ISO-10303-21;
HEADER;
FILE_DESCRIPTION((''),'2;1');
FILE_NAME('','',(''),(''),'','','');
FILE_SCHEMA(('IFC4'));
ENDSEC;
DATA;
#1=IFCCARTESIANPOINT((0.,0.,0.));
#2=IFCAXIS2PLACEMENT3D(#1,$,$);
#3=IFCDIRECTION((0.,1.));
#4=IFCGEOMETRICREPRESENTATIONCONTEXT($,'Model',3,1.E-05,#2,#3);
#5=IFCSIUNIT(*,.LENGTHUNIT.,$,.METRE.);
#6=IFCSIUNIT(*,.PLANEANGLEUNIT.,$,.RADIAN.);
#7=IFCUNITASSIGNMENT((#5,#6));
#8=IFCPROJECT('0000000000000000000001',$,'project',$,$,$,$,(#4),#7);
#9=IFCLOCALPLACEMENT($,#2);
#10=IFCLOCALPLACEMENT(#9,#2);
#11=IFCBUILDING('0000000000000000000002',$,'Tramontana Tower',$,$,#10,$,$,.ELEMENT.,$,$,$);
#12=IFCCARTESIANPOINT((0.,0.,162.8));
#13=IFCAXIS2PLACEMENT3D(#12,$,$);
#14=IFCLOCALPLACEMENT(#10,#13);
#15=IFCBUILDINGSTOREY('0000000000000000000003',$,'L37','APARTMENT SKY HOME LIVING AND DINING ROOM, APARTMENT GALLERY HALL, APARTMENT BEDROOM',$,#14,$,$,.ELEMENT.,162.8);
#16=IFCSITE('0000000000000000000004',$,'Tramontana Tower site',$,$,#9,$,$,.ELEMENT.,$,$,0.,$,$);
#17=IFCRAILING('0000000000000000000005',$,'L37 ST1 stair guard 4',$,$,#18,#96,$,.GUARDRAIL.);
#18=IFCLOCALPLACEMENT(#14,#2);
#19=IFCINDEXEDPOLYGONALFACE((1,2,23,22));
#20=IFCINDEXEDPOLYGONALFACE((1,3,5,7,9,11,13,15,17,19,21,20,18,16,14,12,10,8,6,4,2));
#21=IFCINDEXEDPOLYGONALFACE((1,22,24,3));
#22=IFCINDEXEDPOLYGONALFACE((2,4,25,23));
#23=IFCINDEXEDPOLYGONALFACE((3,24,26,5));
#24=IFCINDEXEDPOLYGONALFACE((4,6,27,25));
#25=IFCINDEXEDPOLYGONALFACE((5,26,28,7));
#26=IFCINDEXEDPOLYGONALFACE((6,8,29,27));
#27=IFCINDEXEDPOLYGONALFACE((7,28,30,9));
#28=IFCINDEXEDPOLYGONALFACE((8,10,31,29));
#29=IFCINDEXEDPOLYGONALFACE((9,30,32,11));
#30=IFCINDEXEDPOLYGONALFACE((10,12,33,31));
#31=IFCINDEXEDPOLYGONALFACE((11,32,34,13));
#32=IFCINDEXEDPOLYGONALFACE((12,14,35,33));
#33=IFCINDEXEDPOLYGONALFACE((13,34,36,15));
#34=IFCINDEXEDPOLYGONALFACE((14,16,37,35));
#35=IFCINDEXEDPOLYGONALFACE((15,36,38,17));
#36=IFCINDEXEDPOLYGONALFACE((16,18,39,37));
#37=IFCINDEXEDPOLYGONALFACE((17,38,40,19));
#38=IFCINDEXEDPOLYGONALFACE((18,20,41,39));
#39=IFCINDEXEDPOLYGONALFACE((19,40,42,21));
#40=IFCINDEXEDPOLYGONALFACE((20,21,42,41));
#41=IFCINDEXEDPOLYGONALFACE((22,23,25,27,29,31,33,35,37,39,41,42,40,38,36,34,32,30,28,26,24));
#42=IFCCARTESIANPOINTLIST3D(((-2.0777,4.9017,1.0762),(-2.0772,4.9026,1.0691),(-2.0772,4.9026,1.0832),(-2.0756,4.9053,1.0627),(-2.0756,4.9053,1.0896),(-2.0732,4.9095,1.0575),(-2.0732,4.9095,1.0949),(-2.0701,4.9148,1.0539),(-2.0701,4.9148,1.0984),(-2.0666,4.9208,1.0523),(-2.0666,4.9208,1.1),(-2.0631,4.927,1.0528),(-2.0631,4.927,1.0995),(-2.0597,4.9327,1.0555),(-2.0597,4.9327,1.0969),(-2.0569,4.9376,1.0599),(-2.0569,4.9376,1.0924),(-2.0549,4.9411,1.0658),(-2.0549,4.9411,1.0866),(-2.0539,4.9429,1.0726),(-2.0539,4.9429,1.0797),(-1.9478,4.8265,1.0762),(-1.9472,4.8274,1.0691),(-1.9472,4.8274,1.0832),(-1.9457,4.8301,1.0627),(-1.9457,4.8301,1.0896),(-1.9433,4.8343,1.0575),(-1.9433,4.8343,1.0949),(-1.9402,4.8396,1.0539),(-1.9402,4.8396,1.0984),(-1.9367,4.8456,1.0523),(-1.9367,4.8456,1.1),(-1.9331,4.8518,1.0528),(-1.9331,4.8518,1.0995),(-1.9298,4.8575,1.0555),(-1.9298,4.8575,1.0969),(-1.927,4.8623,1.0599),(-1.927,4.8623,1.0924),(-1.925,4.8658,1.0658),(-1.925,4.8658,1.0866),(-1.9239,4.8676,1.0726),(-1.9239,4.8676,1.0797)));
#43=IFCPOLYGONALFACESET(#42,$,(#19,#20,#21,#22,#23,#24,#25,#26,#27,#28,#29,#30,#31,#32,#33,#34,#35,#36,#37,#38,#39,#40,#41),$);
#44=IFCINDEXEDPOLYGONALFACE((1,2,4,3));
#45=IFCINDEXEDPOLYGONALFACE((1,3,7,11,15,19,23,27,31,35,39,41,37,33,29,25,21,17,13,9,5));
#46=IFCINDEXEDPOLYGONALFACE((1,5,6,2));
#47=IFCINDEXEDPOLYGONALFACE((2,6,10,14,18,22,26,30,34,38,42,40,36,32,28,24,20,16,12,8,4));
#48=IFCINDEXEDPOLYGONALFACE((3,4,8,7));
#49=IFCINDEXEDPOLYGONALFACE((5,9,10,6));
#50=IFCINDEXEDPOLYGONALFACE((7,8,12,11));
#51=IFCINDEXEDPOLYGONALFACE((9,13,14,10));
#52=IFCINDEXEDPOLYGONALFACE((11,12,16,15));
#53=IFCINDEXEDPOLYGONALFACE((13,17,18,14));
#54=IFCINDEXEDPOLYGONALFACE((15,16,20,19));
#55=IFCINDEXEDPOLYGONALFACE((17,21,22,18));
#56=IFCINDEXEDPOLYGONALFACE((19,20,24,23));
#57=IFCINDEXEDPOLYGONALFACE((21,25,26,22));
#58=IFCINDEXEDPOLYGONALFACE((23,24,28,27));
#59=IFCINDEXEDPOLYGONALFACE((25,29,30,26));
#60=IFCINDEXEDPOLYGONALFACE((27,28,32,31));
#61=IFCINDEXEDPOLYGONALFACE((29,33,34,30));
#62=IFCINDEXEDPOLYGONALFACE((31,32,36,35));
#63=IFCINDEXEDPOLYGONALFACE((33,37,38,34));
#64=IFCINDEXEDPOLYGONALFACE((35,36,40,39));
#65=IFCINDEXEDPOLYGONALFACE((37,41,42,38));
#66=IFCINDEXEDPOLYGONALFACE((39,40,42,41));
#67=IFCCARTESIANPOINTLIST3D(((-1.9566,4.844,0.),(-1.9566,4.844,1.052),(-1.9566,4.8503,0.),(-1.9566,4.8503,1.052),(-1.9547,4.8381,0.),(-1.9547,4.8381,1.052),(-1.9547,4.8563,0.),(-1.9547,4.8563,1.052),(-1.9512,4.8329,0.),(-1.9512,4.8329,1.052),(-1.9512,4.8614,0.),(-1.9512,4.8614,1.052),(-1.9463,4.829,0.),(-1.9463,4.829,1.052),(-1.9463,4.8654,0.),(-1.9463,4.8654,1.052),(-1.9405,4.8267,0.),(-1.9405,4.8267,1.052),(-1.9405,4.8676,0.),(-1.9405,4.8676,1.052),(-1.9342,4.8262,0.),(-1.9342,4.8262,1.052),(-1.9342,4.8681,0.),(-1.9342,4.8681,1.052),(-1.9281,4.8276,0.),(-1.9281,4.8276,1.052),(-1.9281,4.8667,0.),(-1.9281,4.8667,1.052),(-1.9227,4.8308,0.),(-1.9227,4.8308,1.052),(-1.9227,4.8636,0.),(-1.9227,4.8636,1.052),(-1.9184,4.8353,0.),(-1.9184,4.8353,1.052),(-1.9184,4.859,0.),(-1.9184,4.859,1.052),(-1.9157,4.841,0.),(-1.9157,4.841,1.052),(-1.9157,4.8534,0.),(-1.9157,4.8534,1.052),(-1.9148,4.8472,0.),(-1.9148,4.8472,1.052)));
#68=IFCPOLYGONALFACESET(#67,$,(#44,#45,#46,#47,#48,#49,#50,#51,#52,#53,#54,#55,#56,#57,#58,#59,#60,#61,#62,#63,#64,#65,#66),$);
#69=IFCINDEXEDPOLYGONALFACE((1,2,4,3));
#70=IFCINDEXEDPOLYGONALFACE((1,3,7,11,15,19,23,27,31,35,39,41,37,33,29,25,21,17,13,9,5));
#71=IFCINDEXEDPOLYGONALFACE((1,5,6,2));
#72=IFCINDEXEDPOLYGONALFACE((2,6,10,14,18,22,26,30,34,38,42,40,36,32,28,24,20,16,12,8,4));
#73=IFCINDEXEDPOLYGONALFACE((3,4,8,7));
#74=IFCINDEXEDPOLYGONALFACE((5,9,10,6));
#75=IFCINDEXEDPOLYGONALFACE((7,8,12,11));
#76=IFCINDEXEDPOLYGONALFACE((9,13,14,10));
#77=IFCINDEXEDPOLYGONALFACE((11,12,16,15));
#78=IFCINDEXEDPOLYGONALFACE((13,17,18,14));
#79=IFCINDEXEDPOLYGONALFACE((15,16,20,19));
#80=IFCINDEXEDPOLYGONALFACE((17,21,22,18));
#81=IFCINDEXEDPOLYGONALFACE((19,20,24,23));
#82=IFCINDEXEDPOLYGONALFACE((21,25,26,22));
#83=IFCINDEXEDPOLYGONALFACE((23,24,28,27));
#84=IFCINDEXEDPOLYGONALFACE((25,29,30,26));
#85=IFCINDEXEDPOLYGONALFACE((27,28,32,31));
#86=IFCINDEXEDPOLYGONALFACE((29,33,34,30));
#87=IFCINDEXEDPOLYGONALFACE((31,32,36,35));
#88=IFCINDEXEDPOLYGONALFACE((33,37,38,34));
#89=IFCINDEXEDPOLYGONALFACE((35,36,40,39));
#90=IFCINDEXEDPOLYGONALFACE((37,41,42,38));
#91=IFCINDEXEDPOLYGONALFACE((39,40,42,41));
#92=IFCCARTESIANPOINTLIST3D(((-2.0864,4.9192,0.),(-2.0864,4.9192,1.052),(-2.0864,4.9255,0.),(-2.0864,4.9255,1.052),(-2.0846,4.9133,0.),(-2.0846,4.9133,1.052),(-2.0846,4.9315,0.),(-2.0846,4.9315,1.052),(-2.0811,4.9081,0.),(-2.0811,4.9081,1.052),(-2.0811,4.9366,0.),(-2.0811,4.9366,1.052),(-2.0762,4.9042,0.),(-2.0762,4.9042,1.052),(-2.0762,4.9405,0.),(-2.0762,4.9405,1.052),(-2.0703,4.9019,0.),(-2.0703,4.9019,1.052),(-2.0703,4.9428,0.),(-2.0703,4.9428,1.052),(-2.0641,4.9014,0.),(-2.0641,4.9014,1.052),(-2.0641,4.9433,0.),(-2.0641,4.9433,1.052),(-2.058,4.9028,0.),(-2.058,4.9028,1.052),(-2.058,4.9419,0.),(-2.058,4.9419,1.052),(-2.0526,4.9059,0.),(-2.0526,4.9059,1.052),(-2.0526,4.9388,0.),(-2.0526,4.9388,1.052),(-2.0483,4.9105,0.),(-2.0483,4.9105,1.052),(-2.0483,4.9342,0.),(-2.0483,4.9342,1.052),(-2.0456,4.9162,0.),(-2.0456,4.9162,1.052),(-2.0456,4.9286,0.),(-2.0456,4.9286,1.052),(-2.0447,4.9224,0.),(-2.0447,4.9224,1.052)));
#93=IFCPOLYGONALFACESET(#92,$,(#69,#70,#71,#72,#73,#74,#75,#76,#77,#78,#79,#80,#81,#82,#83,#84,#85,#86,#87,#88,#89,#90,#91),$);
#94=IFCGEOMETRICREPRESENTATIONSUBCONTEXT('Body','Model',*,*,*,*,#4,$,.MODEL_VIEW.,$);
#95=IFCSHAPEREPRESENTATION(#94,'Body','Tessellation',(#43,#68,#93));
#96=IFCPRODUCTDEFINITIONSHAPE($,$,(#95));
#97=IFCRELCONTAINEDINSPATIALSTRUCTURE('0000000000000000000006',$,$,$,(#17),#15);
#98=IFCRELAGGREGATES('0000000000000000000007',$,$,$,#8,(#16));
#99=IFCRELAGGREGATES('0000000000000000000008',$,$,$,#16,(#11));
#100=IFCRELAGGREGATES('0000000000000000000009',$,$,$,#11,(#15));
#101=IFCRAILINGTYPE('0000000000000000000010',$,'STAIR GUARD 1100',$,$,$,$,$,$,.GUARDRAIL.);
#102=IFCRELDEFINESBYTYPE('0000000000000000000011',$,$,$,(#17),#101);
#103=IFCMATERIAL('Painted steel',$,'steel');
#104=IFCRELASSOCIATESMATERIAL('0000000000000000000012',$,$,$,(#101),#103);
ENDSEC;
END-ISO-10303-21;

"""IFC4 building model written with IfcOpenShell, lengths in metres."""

from ifc_helpers import new_model, si_unit, direction, frame, origin, origin_2d, place, context, subcontext, project, spatial, circle, extrude, material, type_object, element, save


model = new_model("IFC4")

# Units and contexts
model_context = context("Model", 3, precision=1e-05, world=origin(), true_north=direction((0.0, 1.0)))
body_context = subcontext(model_context, "Body", "Model", "MODEL_VIEW")
ifc_project = project(units=[si_unit("LENGTHUNIT", "METRE"), si_unit("PLANEANGLEUNIT", "RADIAN")], contexts=[model_context])

# Site, building, storey
site_placement = place(None, origin())
site = spatial("IfcSite", under=ifc_project, at=site_placement, Name="Tramontana Tower site", CompositionType="ELEMENT", RefElevation=0.0)
building_placement = place(site_placement, origin())
building = spatial("IfcBuilding", under=site, at=building_placement, Name="Tramontana Tower", CompositionType="ELEMENT")
storey_placement = place(building_placement, frame((0.0, 0.0, 162.8)))
storey = spatial("IfcBuildingStorey", under=building, at=storey_placement, Name="L37", Description="APARTMENT SKY HOME LIVING AND DINING ROOM, APARTMENT GALLERY HALL, APARTMENT BEDROOM", CompositionType="ELEMENT", Elevation=162.8)

# Railing
ifc_material_1 = material(Name="Painted steel", Category="steel")
railing_type_1 = type_object("IfcRailingType", Name="STAIR GUARD 1100", PredefinedType="GUARDRAIL", material=ifc_material_1)
railing_1_placement = place(storey_placement, frame((-1.9358, 4.8472, 0.0)))
element("IfcRailing", 1, at=railing_1_placement, inside=storey, type_object=railing_type_1, Name="L37 ST1 stair guard 4", PredefinedType="GUARDRAIL", context=body_context, shape_type="SweptSolid", body=[
    extrude(circle(Radius=0.0239, at=origin_2d()), frame((0.0, 0.0, 1.0762), z_axis=(-0.865426, 0.501036, 0.0), x_axis=(-0.501036, -0.865426, 0.0)), (0.0, 0.0, 1.0), 0.1501),
    extrude(circle(Radius=0.021, at=origin_2d()), origin(), (0.0, 0.0, 1.0), 1.052),
    extrude(circle(Radius=0.021, at=origin_2d()), frame((-0.1299, 0.0752, 0.0)), (0.0, 0.0, 1.0), 1.052),
])

save(model, "model.ifc")
